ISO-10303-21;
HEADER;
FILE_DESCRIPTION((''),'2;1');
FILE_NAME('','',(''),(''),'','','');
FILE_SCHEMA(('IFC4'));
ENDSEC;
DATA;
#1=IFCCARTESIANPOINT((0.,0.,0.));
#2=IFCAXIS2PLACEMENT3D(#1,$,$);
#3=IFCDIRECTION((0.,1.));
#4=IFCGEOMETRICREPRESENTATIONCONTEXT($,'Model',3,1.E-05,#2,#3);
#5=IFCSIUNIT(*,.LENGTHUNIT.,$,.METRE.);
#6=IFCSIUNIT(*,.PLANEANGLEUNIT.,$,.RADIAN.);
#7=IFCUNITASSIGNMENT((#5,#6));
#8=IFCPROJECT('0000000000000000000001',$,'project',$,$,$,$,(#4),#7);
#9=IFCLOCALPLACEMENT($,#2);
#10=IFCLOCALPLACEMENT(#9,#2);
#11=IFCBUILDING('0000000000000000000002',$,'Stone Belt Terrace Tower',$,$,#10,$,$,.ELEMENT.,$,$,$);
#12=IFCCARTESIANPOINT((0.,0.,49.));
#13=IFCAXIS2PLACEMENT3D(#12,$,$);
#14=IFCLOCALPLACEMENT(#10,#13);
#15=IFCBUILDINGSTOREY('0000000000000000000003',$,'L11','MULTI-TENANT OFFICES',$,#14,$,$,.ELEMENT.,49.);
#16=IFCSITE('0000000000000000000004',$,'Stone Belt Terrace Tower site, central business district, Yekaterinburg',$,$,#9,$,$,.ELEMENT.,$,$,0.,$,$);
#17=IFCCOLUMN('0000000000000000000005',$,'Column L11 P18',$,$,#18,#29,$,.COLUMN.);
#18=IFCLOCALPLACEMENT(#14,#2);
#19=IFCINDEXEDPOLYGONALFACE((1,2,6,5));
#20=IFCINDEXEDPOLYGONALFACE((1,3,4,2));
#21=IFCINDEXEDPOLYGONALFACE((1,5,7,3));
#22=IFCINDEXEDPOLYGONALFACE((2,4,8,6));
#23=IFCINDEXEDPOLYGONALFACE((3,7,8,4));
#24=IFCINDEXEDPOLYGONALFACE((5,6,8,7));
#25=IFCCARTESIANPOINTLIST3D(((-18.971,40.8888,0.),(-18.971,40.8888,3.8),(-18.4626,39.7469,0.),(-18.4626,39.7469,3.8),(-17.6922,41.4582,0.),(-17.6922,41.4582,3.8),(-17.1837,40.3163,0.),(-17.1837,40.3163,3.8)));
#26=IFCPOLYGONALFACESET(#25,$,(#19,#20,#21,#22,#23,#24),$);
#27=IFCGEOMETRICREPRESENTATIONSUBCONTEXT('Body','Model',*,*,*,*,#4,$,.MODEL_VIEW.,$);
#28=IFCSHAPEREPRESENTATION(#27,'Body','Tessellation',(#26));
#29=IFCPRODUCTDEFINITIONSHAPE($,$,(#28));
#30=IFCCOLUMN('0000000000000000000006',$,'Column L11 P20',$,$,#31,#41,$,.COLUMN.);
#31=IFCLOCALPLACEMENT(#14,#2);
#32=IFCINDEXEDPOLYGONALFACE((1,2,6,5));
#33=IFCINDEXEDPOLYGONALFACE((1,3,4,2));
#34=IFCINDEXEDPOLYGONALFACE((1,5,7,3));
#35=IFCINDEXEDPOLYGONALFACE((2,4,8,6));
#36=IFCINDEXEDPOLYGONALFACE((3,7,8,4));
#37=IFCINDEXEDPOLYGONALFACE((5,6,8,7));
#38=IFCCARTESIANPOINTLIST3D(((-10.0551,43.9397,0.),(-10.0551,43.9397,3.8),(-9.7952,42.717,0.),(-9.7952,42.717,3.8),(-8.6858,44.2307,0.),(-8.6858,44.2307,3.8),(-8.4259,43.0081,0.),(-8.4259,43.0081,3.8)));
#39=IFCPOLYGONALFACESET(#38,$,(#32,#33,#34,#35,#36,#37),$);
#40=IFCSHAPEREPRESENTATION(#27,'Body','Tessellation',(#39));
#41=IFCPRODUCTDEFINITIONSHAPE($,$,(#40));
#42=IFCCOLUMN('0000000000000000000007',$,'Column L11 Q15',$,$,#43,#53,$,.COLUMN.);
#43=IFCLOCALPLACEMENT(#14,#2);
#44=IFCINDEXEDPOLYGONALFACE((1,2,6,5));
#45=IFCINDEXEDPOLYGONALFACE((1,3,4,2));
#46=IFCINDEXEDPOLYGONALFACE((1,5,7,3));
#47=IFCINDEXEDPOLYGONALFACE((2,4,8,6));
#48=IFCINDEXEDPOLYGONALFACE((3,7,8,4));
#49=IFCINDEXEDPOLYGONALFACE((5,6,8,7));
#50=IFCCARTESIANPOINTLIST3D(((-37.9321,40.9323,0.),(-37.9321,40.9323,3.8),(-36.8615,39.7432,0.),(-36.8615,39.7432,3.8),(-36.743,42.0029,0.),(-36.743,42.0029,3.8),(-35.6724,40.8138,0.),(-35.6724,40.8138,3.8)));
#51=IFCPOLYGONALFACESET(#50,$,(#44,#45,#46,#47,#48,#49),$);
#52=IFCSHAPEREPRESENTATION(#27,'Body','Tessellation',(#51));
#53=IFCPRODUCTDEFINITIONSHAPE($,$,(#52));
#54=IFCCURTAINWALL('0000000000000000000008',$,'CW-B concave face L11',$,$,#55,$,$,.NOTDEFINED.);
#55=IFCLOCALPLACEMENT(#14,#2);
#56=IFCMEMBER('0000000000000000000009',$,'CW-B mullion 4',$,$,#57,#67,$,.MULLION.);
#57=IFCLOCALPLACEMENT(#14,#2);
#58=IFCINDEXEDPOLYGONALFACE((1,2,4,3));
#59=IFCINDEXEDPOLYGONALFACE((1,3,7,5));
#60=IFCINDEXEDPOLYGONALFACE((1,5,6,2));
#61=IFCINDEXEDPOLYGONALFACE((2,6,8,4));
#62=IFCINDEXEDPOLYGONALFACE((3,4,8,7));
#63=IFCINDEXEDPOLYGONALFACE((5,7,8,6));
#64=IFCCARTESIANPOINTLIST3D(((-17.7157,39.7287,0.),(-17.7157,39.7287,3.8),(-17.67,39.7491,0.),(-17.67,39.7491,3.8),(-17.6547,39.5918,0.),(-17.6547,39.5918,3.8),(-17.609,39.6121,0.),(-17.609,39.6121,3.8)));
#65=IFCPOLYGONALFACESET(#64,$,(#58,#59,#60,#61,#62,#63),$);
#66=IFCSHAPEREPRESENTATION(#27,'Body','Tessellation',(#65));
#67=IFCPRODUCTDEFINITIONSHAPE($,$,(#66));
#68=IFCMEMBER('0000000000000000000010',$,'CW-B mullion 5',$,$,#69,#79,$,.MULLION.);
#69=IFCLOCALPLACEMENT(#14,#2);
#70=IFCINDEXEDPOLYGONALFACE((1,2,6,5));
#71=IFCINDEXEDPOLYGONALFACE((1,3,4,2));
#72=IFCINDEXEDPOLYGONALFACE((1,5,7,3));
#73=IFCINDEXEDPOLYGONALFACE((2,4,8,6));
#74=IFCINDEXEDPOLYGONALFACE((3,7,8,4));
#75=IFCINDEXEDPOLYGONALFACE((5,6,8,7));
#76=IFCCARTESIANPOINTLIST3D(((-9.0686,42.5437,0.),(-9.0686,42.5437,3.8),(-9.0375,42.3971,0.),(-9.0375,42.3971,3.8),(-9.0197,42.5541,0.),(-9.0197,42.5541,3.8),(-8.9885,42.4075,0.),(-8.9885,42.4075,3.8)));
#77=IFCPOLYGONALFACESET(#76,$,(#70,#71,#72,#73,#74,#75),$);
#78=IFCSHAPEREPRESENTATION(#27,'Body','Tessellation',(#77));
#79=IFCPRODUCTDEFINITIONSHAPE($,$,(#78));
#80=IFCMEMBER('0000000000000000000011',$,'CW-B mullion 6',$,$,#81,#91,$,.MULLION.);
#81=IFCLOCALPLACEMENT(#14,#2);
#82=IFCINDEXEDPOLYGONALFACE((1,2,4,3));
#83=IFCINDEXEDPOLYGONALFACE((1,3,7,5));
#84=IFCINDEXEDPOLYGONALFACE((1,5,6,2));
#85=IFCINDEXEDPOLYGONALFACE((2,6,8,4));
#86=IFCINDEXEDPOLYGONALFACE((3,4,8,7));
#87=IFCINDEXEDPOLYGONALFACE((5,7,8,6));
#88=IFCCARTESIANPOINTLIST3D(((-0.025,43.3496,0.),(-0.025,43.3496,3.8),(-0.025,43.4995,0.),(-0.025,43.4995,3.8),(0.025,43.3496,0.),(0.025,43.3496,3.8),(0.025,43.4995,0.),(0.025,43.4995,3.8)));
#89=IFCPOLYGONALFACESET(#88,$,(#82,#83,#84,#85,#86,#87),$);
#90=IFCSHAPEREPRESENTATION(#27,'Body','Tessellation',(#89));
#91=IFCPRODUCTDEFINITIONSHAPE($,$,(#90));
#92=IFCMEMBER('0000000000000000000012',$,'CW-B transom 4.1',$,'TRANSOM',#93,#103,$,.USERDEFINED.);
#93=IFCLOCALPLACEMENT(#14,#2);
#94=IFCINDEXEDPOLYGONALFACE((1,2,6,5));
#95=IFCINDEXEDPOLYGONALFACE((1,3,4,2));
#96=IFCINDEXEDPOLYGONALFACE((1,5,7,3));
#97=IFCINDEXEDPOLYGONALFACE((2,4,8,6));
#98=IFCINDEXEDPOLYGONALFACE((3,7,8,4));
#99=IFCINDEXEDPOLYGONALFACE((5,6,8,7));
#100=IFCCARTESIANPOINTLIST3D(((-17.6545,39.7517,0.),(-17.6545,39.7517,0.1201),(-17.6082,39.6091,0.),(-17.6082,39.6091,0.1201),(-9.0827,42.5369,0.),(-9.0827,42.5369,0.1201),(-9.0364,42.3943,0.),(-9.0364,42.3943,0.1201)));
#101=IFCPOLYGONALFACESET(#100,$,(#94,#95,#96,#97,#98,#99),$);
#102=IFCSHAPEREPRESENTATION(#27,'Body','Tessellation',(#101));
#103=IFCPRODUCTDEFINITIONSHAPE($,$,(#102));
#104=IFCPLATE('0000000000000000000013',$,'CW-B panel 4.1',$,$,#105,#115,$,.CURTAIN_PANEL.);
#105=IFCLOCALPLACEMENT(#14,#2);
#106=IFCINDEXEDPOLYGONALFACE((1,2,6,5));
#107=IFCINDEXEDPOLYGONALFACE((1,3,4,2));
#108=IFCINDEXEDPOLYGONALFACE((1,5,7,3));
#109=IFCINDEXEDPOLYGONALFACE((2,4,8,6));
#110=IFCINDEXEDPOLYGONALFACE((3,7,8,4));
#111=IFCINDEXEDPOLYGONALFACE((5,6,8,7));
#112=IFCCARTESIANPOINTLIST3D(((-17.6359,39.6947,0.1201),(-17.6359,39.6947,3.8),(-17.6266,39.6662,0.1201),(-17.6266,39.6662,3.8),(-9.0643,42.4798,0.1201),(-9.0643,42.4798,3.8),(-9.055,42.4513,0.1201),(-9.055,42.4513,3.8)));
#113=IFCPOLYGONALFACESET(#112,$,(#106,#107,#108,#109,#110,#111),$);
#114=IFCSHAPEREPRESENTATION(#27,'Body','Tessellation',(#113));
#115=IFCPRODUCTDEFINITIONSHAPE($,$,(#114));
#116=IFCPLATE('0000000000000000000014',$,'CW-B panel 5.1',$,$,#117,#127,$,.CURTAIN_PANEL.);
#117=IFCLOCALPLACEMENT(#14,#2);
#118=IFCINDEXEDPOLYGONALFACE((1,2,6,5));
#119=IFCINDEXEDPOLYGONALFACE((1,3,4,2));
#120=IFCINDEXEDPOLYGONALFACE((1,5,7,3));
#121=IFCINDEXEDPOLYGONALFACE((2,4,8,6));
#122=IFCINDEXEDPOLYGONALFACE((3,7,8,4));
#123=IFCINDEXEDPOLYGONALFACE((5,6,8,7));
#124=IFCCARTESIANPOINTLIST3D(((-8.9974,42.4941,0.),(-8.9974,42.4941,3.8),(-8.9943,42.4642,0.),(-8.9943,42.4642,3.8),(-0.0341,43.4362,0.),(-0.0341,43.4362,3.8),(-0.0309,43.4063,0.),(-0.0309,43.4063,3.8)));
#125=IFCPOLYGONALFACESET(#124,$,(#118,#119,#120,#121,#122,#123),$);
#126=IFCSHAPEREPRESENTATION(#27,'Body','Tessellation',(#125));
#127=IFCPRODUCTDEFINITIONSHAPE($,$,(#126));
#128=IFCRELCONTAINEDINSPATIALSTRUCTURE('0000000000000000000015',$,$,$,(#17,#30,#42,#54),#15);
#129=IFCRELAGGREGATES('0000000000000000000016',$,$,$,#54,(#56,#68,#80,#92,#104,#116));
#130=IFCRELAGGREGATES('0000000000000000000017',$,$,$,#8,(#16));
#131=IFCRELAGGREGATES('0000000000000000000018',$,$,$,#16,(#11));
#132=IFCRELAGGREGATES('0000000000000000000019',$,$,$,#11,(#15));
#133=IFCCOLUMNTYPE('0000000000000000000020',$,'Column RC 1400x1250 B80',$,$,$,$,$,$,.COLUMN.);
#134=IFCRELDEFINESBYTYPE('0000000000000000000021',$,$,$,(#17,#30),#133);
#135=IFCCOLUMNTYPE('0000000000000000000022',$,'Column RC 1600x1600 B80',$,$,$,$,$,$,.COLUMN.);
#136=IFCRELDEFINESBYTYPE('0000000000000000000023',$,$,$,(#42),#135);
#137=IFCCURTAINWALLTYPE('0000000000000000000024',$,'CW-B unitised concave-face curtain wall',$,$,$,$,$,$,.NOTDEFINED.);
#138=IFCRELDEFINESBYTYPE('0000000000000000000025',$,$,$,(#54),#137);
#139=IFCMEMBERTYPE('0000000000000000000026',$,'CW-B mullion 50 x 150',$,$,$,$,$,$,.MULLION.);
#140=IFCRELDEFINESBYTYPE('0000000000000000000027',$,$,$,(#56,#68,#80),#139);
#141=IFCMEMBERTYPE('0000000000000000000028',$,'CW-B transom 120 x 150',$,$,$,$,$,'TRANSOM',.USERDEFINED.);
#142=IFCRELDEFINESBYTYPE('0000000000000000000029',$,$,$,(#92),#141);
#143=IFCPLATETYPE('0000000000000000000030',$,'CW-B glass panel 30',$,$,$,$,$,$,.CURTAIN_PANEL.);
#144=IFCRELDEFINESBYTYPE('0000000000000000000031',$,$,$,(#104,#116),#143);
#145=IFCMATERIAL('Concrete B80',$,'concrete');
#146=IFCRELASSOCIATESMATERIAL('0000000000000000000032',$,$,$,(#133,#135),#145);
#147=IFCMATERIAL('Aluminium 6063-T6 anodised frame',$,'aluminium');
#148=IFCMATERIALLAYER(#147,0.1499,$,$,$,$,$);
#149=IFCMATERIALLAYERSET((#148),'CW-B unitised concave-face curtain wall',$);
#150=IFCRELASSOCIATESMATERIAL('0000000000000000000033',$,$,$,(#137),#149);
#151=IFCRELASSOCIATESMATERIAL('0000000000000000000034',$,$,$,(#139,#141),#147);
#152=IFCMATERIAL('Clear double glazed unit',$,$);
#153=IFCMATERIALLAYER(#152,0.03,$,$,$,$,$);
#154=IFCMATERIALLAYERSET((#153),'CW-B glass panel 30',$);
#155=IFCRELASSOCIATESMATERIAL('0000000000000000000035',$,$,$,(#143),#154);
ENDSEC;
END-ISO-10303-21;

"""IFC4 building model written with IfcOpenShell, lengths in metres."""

from ifc_helpers import new_model, si_unit, direction, frame, origin, origin_2d, place, context, subcontext, project, spatial, rectangle, extrude, material, layer, layer_set, material_profile, profile_set, type_object, element, aggregate, save


model = new_model("IFC4")

# Units and contexts
model_context = context("Model", 3, precision=1e-05, world=origin(), true_north=direction((0.0, 1.0)))
body_context = subcontext(model_context, "Body", "Model", "MODEL_VIEW")
ifc_project = project(units=[si_unit("LENGTHUNIT", "METRE"), si_unit("PLANEANGLEUNIT", "RADIAN")], contexts=[model_context])

# Site, building, storey
site_placement = place(None, origin())
site = spatial("IfcSite", under=ifc_project, at=site_placement, Name="Stone Belt Terrace Tower site, central business district, Yekaterinburg", CompositionType="ELEMENT", RefElevation=0.0)
building_placement = place(site_placement, origin())
building = spatial("IfcBuilding", under=site, at=building_placement, Name="Stone Belt Terrace Tower", CompositionType="ELEMENT")
storey_placement = place(building_placement, frame((0.0, 0.0, 49.0)))
storey = spatial("IfcBuildingStorey", under=building, at=storey_placement, Name="L11", Description="MULTI-TENANT OFFICES", CompositionType="ELEMENT", Elevation=49.0)

# Columns
ifc_material_1 = material(Name="Concrete B80", Category="concrete")
ifc_material_profile_1 = material_profile(ifc_material_1, rectangle(XDim=1.3999, YDim=1.25, at=origin_2d()), Name="RC 1400x1250")
ifc_profile_set_1 = profile_set([ifc_material_profile_1], Name="Concrete B80")
column_type_1 = type_object("IfcColumnType", Name="Column RC 1400x1250 B80", PredefinedType="COLUMN", material=ifc_profile_set_1)
for number, where, z_axis, x_axis, name in (
    (1, (-18.0774, 40.6025, 0.0), (0.0, 0.0, 1.0), (0.913545, 0.406737, 0.0), "Column L11 P18"),
    (2, (-9.2405, 43.4739, 0.0), (0.0, 0.0, 1.0), (0.978148, 0.207912, 0.0), "Column L11 P20"),
):
    element("IfcColumn", number, at=place(storey_placement, frame(where, z_axis=z_axis, x_axis=x_axis)), inside=storey, type_object=column_type_1, Name=name, PredefinedType="COLUMN", context=body_context, shape_type="SweptSolid", body=[
        extrude(rectangle(XDim=1.3999, YDim=1.25, at=origin_2d()), origin(), (0.0, 0.0, 1.0), 3.8),
    ])
ifc_material_profile_2 = material_profile(ifc_material_1, rectangle(XDim=1.6001, YDim=1.6001, at=origin_2d()), Name="RC 1600x1600")
ifc_profile_set_2 = profile_set([ifc_material_profile_2], Name="Concrete B80")
column_type_2 = type_object("IfcColumnType", Name="Column RC 1600x1600 B80", PredefinedType="COLUMN", material=ifc_profile_set_2)
column_placement = place(storey_placement, frame((-36.8022, 40.873, 0.0), z_axis=(0.0, 0.0, 1.0), x_axis=(0.743145, 0.669131, 0.0)))
element("IfcColumn", 3, at=column_placement, inside=storey, type_object=column_type_2, Name="Column L11 Q15", PredefinedType="COLUMN", context=body_context, shape_type="SweptSolid", body=[
    extrude(rectangle(XDim=1.6001, YDim=1.6001, at=origin_2d()), origin(), (0.0, 0.0, 1.0), 3.8),
])

# Curtain wall, members, plates
ifc_material_2 = material(Name="Aluminium 6063-T6 anodised frame", Category="aluminium")
ifc_layer_1 = layer(ifc_material_2, 0.1499)
ifc_layer_set_1 = layer_set([ifc_layer_1], Name="CW-B unitised concave-face curtain wall")
curtain_wall_type = type_object("IfcCurtainWallType", Name="CW-B unitised concave-face curtain wall", PredefinedType="NOTDEFINED", material=ifc_layer_set_1)
curtain_wall_placement = place(storey_placement, origin())
curtain_wall = element("IfcCurtainWall", 4, at=curtain_wall_placement, inside=storey, type_object=curtain_wall_type, Name="CW-B concave face L11", PredefinedType="NOTDEFINED")
ifc_material_profile_3 = material_profile(ifc_material_2, rectangle(XDim=0.1499, YDim=0.05, at=origin_2d()), Name="Aluminium 6063-T6 50x150")
ifc_profile_set_3 = profile_set([ifc_material_profile_3], Name="Aluminium 6063-T6 anodised frame")
member_type_1 = type_object("IfcMemberType", Name="CW-B mullion 50 x 150", PredefinedType="MULLION", material=ifc_profile_set_3)
member_1_placement = place(storey_placement, frame((-17.6624, 39.6704, 0.0), z_axis=(0.0, 0.0, 1.0), x_axis=(-0.406737, 0.913545, 0.0)))
member_1 = element("IfcMember", 5, at=member_1_placement, type_object=member_type_1, Name="CW-B mullion 4", PredefinedType="MULLION", context=body_context, shape_type="SweptSolid", body=[
    extrude(rectangle(XDim=0.1499, YDim=0.05, at=origin_2d()), origin(), (0.0, 0.0, 1.0), 3.8),
])
member_2_placement = place(storey_placement, frame((-9.0286, 42.4756, 0.0), z_axis=(0.0, 0.0, 1.0), x_axis=(-0.207912, 0.978148, 0.0)))
member_2 = element("IfcMember", 6, at=member_2_placement, type_object=member_type_1, Name="CW-B mullion 5", PredefinedType="MULLION", context=body_context, shape_type="SweptSolid", body=[
    extrude(rectangle(XDim=0.1499, YDim=0.05, at=origin_2d()), origin(), (0.0, 0.0, 1.0), 3.8),
])
member_3_placement = place(storey_placement, frame((0.0, 43.4246, 0.0), z_axis=(0.0, 0.0, 1.0), x_axis=(0.0, 1.0, 0.0)))
member_3 = element("IfcMember", 7, at=member_3_placement, type_object=member_type_1, Name="CW-B mullion 6", PredefinedType="MULLION", context=body_context, shape_type="SweptSolid", body=[
    extrude(rectangle(XDim=0.1499, YDim=0.05, at=origin_2d()), origin(), (0.0, 0.0, 1.0), 3.8),
])
ifc_material_profile_4 = material_profile(ifc_material_2, rectangle(XDim=0.1499, YDim=0.1201, at=origin_2d()), Name="Aluminium 6063-T6 150x120")
ifc_profile_set_4 = profile_set([ifc_material_profile_4], Name="Aluminium 6063-T6 anodised frame")
member_type_2 = type_object("IfcMemberType", Name="CW-B transom 120 x 150", ElementType="TRANSOM", PredefinedType="USERDEFINED", material=ifc_profile_set_4)
member_4_placement = place(storey_placement, frame((-17.6313, 39.6804, 0.0601), z_axis=(0.951056, 0.309019, 0.0), x_axis=(-0.309019, 0.951056, 0.0)))
member_4 = element("IfcMember", 8, at=member_4_placement, type_object=member_type_2, Name="CW-B transom 4.1", ObjectType="TRANSOM", PredefinedType="USERDEFINED", context=body_context, shape_type="SweptSolid", body=[
    extrude(rectangle(XDim=0.1499, YDim=0.1201, at=origin_2d()), origin(), (0.0, 0.0, 1.0), 9.0129),
])
ifc_material_3 = material(Name="Clear double glazed unit")
ifc_layer_2 = layer(ifc_material_3, 0.03)
ifc_layer_set_2 = layer_set([ifc_layer_2], Name="CW-B glass panel 30")
plate_type = type_object("IfcPlateType", Name="CW-B glass panel 30", PredefinedType="CURTAIN_PANEL", material=ifc_layer_set_2)
plate_1_placement = place(storey_placement, frame((-13.3455, 41.073, 0.1201), z_axis=(0.0, 0.0, 1.0), x_axis=(0.951057, 0.309017, 0.0)))
plate_1 = element("IfcPlate", 9, at=plate_1_placement, type_object=plate_type, Name="CW-B panel 4.1", PredefinedType="CURTAIN_PANEL", context=body_context, shape_type="SweptSolid", body=[
    extrude(rectangle(XDim=9.0127, YDim=0.03, at=origin_2d()), origin(), (0.0, 0.0, 1.0), 3.6799),
])
plate_2_placement = place(storey_placement, frame((-4.5142, 42.9502, 0.0), z_axis=(0.0, 0.0, 1.0), x_axis=(0.994522, 0.104528, 0.0)))
plate_2 = element("IfcPlate", 10, at=plate_2_placement, type_object=plate_type, Name="CW-B panel 5.1", PredefinedType="CURTAIN_PANEL", context=body_context, shape_type="SweptSolid", body=[
    extrude(rectangle(XDim=9.0127, YDim=0.03, at=origin_2d()), origin(), (0.0, 0.0, 1.0), 3.8),
])
aggregate(curtain_wall, [member_1, member_2, member_3, member_4, plate_1, plate_2])

save(model, "model.ifc")
